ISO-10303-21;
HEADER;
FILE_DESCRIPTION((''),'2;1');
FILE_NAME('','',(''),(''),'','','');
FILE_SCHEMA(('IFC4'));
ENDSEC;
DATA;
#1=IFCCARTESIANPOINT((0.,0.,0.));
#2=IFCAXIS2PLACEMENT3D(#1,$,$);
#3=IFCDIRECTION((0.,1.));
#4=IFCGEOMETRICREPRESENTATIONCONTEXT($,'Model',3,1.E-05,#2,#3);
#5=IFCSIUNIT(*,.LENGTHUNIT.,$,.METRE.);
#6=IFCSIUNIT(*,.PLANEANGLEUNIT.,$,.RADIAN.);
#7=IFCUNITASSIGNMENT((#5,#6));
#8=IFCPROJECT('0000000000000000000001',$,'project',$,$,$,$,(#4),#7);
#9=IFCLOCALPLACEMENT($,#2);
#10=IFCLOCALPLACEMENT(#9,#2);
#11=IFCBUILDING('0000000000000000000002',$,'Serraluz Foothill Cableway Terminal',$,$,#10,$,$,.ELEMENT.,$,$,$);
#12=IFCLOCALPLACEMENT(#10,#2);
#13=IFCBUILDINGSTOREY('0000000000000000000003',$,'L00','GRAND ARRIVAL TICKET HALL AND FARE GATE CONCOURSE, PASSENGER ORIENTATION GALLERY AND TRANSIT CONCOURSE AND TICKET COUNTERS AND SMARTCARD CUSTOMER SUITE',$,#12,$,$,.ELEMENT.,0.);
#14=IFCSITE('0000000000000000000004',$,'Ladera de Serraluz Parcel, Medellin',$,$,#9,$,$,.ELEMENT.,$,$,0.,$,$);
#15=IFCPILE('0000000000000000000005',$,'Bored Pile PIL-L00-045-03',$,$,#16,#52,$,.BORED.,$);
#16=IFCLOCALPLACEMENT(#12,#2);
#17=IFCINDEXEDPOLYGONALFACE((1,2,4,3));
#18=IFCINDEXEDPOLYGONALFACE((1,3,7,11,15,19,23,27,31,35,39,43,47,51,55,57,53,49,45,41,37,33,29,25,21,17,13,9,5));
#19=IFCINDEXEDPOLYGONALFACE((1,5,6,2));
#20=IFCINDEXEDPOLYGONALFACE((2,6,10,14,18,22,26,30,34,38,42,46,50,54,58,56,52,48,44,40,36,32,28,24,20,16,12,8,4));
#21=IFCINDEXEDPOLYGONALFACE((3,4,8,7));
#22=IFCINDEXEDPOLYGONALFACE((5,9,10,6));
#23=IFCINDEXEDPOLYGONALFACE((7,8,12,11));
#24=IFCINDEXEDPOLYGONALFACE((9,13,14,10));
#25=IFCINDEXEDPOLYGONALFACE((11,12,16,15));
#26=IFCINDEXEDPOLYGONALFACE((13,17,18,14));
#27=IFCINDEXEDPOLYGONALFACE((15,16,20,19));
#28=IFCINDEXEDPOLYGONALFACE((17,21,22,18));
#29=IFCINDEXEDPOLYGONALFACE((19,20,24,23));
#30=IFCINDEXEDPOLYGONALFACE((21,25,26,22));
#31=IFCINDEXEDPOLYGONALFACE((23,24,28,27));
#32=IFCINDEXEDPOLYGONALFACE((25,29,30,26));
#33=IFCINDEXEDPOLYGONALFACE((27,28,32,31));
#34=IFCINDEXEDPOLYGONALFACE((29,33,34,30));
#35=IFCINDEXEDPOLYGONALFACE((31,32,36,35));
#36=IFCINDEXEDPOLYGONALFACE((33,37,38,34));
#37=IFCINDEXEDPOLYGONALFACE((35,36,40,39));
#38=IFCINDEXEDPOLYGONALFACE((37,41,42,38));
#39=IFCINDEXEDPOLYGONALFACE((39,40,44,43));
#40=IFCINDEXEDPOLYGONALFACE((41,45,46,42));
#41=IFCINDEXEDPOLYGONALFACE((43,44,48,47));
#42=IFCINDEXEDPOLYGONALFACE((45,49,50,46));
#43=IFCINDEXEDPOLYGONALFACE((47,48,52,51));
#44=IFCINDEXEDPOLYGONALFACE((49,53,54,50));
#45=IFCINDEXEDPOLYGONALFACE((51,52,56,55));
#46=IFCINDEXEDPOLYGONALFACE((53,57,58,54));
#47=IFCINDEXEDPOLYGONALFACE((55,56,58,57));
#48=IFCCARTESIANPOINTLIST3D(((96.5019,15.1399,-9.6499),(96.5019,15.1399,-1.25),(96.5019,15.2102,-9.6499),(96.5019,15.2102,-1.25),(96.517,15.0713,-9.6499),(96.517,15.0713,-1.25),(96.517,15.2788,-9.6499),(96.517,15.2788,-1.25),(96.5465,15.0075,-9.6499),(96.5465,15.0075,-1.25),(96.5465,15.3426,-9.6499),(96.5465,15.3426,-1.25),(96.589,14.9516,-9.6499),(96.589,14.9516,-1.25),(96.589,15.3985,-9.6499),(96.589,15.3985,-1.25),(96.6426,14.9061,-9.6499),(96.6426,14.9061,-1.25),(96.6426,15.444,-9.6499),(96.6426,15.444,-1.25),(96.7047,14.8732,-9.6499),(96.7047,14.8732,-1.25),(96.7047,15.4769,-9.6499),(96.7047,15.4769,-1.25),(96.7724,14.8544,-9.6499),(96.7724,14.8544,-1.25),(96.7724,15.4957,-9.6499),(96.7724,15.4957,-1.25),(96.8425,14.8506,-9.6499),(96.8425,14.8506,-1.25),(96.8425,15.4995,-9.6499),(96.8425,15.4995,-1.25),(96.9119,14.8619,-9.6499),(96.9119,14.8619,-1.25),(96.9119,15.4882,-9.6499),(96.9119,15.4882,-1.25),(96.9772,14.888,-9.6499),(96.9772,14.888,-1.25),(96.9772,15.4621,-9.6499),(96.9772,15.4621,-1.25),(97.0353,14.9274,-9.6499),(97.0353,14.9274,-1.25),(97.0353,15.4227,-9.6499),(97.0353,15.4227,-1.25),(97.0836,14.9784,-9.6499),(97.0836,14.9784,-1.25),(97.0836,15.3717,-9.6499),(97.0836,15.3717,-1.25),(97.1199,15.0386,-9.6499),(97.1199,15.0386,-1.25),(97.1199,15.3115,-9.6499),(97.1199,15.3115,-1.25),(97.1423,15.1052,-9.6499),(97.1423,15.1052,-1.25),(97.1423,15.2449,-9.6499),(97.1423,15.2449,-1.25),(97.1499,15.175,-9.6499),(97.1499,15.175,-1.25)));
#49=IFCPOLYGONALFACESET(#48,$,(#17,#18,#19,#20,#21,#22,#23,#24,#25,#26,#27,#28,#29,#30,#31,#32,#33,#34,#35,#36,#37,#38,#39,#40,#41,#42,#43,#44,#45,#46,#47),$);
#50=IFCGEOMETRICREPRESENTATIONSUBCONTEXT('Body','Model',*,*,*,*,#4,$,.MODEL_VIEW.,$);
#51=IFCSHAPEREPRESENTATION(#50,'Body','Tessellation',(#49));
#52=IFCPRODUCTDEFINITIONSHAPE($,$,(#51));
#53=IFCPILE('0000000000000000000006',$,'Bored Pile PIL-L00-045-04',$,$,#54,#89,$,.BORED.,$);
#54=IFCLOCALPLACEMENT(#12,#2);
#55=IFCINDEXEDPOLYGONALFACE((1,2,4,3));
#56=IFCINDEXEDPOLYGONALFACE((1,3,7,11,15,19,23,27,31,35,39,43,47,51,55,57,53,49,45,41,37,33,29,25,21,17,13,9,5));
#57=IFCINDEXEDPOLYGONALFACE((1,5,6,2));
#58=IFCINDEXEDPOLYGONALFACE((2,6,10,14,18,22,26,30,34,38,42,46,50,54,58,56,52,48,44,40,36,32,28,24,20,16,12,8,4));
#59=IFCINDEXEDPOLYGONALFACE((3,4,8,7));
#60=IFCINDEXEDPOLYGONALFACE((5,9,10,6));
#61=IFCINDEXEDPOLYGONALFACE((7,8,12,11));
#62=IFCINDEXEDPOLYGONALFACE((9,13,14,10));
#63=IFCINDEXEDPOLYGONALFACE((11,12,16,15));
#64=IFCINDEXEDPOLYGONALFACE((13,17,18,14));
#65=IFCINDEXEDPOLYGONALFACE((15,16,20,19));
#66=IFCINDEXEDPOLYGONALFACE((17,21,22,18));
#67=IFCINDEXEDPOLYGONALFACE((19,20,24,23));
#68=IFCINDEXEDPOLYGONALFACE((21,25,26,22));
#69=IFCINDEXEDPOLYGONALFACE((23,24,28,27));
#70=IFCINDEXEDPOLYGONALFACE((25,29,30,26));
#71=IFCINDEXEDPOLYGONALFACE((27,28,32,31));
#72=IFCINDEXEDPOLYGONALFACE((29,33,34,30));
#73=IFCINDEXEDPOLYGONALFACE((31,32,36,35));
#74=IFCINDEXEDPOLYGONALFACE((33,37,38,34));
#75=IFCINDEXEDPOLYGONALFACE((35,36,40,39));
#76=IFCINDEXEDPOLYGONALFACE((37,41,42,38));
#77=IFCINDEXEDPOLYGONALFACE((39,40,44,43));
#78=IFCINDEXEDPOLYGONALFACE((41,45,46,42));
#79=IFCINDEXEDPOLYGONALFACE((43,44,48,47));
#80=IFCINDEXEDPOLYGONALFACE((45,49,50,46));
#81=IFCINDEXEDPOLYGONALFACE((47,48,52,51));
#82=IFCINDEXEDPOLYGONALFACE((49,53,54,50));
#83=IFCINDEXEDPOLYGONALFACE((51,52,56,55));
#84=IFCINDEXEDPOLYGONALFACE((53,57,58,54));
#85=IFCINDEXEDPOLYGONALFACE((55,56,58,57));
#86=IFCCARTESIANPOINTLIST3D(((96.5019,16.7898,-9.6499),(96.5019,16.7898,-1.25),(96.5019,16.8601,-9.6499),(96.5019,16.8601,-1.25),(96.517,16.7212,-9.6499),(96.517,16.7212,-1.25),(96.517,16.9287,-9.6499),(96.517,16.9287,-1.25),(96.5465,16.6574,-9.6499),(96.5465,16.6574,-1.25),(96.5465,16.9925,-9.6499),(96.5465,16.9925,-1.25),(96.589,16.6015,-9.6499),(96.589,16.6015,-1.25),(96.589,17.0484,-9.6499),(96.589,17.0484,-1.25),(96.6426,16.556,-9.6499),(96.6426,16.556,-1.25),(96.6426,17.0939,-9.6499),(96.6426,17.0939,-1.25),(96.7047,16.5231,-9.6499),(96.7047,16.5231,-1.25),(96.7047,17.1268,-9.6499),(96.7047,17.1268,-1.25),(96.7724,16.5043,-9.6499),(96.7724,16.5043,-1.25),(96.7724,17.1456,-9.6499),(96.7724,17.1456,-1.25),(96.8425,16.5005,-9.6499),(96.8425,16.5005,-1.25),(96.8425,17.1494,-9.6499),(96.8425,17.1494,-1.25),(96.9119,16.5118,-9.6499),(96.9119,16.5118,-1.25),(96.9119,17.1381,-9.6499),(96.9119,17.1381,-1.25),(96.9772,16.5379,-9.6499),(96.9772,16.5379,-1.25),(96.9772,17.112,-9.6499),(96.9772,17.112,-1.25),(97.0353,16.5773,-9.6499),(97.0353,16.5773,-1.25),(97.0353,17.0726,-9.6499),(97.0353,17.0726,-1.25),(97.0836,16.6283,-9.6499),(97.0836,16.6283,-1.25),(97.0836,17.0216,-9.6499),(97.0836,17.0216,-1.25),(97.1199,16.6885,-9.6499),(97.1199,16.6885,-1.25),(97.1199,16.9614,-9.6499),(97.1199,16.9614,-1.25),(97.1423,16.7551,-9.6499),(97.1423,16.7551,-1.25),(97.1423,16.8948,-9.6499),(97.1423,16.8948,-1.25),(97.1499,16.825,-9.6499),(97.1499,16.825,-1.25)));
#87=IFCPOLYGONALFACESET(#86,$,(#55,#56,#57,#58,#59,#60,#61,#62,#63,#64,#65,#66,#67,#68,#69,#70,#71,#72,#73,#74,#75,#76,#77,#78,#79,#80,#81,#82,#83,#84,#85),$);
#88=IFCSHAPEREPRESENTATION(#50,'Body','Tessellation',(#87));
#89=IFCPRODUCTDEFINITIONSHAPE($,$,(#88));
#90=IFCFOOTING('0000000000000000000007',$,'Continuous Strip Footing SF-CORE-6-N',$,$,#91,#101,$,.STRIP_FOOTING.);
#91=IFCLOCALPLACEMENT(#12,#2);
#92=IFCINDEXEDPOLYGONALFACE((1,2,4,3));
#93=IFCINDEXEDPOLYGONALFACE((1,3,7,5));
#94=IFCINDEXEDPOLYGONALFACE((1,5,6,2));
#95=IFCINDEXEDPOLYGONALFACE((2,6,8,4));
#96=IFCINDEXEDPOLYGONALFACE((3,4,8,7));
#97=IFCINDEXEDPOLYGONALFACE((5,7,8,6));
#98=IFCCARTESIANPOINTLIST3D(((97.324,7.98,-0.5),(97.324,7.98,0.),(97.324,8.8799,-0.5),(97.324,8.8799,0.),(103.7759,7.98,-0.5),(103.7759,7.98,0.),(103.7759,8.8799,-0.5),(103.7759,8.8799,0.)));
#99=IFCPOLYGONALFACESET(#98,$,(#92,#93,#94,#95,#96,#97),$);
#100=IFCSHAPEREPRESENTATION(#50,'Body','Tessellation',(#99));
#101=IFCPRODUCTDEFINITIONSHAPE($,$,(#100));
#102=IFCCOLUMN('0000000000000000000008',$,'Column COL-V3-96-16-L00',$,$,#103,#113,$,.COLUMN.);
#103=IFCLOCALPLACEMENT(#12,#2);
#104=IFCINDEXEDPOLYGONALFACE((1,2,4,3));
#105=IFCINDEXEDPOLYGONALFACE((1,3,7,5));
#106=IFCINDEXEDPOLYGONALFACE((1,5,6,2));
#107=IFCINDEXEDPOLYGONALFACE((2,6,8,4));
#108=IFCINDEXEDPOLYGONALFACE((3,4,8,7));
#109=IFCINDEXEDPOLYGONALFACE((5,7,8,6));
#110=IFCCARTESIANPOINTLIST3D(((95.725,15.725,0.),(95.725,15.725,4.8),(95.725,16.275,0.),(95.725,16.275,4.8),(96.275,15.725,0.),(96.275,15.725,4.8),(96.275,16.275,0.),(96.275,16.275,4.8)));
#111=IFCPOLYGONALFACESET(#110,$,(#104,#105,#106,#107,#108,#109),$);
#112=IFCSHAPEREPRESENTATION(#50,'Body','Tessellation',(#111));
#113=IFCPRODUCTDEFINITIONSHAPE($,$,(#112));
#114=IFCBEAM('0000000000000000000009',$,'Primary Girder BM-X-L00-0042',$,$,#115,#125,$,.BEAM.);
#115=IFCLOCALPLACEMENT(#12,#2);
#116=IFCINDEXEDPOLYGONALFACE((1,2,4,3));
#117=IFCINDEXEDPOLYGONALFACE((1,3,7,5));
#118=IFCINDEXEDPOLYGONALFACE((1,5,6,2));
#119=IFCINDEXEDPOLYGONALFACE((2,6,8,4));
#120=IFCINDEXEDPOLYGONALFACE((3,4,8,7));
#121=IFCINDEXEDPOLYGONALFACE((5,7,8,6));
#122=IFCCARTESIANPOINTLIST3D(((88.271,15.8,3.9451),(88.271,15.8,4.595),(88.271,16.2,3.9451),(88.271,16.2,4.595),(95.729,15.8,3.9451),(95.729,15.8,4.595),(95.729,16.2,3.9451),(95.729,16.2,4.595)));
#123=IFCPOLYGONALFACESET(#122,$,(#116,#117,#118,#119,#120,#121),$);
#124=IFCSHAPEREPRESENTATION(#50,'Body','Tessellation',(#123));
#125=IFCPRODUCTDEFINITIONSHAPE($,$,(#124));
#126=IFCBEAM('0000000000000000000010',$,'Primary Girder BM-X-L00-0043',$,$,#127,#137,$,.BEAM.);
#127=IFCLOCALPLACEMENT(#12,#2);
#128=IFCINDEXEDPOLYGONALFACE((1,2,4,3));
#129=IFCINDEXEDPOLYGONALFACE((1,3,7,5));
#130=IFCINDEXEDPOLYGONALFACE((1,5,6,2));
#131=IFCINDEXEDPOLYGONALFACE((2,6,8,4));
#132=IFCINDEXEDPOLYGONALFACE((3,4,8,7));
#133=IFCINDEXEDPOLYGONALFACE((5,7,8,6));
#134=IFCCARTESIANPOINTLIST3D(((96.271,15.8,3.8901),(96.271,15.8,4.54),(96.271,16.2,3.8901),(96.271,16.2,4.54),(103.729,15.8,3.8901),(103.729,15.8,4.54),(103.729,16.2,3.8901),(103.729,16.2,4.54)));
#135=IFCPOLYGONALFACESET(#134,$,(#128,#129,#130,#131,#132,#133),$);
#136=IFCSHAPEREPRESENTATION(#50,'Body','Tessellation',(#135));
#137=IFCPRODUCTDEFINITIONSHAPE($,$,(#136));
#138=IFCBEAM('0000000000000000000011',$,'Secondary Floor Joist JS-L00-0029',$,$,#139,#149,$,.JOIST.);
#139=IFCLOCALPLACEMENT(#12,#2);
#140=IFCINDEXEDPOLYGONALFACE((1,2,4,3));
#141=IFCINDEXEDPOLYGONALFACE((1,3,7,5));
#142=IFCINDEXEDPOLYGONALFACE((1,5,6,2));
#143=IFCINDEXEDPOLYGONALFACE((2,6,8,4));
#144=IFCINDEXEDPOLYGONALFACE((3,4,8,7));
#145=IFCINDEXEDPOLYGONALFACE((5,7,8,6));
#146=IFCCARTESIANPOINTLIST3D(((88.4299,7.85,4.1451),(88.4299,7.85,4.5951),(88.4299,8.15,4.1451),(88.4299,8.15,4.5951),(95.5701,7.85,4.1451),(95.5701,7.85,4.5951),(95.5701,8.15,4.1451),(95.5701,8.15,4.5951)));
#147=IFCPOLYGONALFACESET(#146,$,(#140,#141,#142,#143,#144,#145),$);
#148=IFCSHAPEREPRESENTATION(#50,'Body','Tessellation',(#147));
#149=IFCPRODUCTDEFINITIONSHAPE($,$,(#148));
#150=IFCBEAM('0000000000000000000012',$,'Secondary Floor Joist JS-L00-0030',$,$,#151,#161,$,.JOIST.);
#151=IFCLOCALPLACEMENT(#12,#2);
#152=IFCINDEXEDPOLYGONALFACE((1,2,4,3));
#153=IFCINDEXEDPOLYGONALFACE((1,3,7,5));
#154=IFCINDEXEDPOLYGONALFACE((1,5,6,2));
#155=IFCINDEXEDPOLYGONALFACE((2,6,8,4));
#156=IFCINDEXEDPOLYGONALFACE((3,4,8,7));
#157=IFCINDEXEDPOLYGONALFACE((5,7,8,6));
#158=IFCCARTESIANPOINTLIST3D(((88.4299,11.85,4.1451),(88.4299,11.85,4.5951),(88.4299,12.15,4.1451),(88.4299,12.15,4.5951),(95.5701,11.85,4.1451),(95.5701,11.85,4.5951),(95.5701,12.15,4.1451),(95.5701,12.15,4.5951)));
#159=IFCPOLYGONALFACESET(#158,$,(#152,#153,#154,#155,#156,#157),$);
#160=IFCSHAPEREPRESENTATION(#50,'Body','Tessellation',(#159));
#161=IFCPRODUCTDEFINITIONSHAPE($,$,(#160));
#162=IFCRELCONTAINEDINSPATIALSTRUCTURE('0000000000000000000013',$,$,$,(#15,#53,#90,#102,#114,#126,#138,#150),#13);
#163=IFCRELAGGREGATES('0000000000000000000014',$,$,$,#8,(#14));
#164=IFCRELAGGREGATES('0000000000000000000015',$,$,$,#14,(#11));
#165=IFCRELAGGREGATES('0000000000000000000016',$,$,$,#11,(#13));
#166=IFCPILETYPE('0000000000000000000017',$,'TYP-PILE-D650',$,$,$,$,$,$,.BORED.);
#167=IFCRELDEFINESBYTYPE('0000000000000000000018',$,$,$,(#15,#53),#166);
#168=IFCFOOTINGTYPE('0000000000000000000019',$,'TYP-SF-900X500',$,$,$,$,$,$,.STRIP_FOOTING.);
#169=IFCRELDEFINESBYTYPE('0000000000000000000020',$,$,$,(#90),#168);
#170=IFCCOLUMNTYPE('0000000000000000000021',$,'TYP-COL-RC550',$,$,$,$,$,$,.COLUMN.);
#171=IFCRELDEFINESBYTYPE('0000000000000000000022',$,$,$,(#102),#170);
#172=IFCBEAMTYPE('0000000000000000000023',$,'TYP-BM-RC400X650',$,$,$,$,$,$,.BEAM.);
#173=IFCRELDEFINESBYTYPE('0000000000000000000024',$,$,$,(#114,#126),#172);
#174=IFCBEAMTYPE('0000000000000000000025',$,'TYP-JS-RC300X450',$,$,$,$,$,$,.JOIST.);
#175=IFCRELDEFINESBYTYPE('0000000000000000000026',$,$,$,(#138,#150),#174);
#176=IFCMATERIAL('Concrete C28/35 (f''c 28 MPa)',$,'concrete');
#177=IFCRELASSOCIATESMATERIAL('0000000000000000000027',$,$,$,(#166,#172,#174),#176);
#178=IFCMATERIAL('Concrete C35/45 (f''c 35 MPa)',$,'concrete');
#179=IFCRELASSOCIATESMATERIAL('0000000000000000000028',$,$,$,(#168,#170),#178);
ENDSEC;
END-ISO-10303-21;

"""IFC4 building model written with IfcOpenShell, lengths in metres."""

from ifc_helpers import new_model, si_unit, direction, frame, origin, origin_2d, place, context, subcontext, project, spatial, rectangle, circle, extrude, material, material_profile, profile_set, type_object, element, save


model = new_model("IFC4")

# Units and contexts
model_context = context("Model", 3, precision=1e-05, world=origin(), true_north=direction((0.0, 1.0)))
body_context = subcontext(model_context, "Body", "Model", "MODEL_VIEW")
ifc_project = project(units=[si_unit("LENGTHUNIT", "METRE"), si_unit("PLANEANGLEUNIT", "RADIAN")], contexts=[model_context])

# Site, building, storey
site_placement = place(None, origin())
site = spatial("IfcSite", under=ifc_project, at=site_placement, Name="Ladera de Serraluz Parcel, Medellin", CompositionType="ELEMENT", RefElevation=0.0)
building_placement = place(site_placement, origin())
building = spatial("IfcBuilding", under=site, at=building_placement, Name="Serraluz Foothill Cableway Terminal", CompositionType="ELEMENT")
storey_placement = place(building_placement, origin())
storey = spatial("IfcBuildingStorey", under=building, at=storey_placement, Name="L00", Description="GRAND ARRIVAL TICKET HALL AND FARE GATE CONCOURSE, PASSENGER ORIENTATION GALLERY AND TRANSIT CONCOURSE AND TICKET COUNTERS AND SMARTCARD CUSTOMER SUITE", CompositionType="ELEMENT", Elevation=0.0)

# Shared definitions
ifc_material_1 = material(Name="Concrete C35/45 (f'c 35 MPa)", Category="concrete")

# Piles
ifc_material_2 = material(Name="Concrete C28/35 (f'c 28 MPa)", Category="concrete")
ifc_material_profile_1 = material_profile(ifc_material_2, circle(Radius=0.325, at=origin_2d()), Name="BORED PILE D650")
ifc_profile_set_1 = profile_set([ifc_material_profile_1], Name="Concrete C28/35 (f'c 28 MPa)")
pile_type = type_object("IfcPileType", Name="TYP-PILE-D650", PredefinedType="BORED", material=ifc_profile_set_1)
for number, where, z_axis, x_axis, name in (
    (1, (96.825, 15.175, -1.25), (0.0, 0.0, -1.0), (1.0, 0.0, 0.0), "Bored Pile PIL-L00-045-03"),
    (2, (96.825, 16.825, -1.25), (0.0, 0.0, -1.0), (1.0, 0.0, 0.0), "Bored Pile PIL-L00-045-04"),
):
    element("IfcPile", number, at=place(storey_placement, frame(where, z_axis=z_axis, x_axis=x_axis)), inside=storey, type_object=pile_type, Name=name, PredefinedType="BORED", context=body_context, shape_type="SweptSolid", body=[
        extrude(circle(Radius=0.325, at=origin_2d()), origin(), (0.0, 0.0, 1.0), 8.3999),
    ])

# Footing
ifc_material_profile_2 = material_profile(ifc_material_1, rectangle(XDim=0.8999, YDim=0.5, at=origin_2d()), Name="SF 900x500")
ifc_profile_set_2 = profile_set([ifc_material_profile_2], Name="Concrete C35/45 (f'c 35 MPa)")
footing_type_1 = type_object("IfcFootingType", Name="TYP-SF-900X500", PredefinedType="STRIP_FOOTING", material=ifc_profile_set_2)
footing_1_placement = place(storey_placement, frame((97.324, 8.4299, -0.25), z_axis=(1.0, 0.0, 0.0), x_axis=(0.0, 1.0, 0.0)))
element("IfcFooting", 3, at=footing_1_placement, inside=storey, type_object=footing_type_1, Name="Continuous Strip Footing SF-CORE-6-N", PredefinedType="STRIP_FOOTING", context=body_context, shape_type="SweptSolid", body=[
    extrude(rectangle(XDim=0.8999, YDim=0.5, at=origin_2d()), origin(), (0.0, 0.0, 1.0), 6.4519),
])

# Column
ifc_material_profile_3 = material_profile(ifc_material_1, rectangle(XDim=0.55, YDim=0.55, at=origin_2d()), Name="RC 550x550")
ifc_profile_set_3 = profile_set([ifc_material_profile_3], Name="Concrete C35/45 (f'c 35 MPa)")
column_type = type_object("IfcColumnType", Name="TYP-COL-RC550", PredefinedType="COLUMN", material=ifc_profile_set_3)
column_placement = place(storey_placement, frame((96.0, 16.0, 0.0), z_axis=(0.0, 0.0, 1.0), x_axis=(1.0, 0.0, 0.0)))
element("IfcColumn", 4, at=column_placement, inside=storey, type_object=column_type, Name="Column COL-V3-96-16-L00", PredefinedType="COLUMN", context=body_context, shape_type="SweptSolid", body=[
    extrude(rectangle(XDim=0.55, YDim=0.55, at=origin_2d()), origin(), (0.0, 0.0, 1.0), 4.8),
])

# Beams
ifc_material_profile_4 = material_profile(ifc_material_2, rectangle(XDim=0.3999, YDim=0.6499, at=origin_2d()), Name="RC 400x650")
ifc_profile_set_4 = profile_set([ifc_material_profile_4], Name="Concrete C28/35 (f'c 28 MPa)")
beam_type_1 = type_object("IfcBeamType", Name="TYP-BM-RC400X650", PredefinedType="BEAM", material=ifc_profile_set_4)
for number, where, z_axis, x_axis, name in (
    (5, (88.271, 16.0, 4.27), (1.0, 0.0, 0.0), (0.0, 1.0, 0.0), "Primary Girder BM-X-L00-0042"),
    (6, (96.271, 16.0, 4.2151), (1.0, 0.0, 0.0), (0.0, 1.0, 0.0), "Primary Girder BM-X-L00-0043"),
):
    element("IfcBeam", number, at=place(storey_placement, frame(where, z_axis=z_axis, x_axis=x_axis)), inside=storey, type_object=beam_type_1, Name=name, PredefinedType="BEAM", context=body_context, shape_type="SweptSolid", body=[
        extrude(rectangle(XDim=0.3999, YDim=0.6499, at=origin_2d()), origin(), (0.0, 0.0, 1.0), 7.458),
    ])
ifc_material_profile_5 = material_profile(ifc_material_2, rectangle(XDim=0.3, YDim=0.45, at=origin_2d()), Name="RC 300x450")
ifc_profile_set_5 = profile_set([ifc_material_profile_5], Name="Concrete C28/35 (f'c 28 MPa)")
beam_type_2 = type_object("IfcBeamType", Name="TYP-JS-RC300X450", PredefinedType="JOIST", material=ifc_profile_set_5)
for number, where, z_axis, x_axis, name in (
    (7, (88.4299, 8.0, 4.3701), (1.0, 0.0, 0.0), (0.0, 1.0, 0.0), "Secondary Floor Joist JS-L00-0029"),
    (8, (88.4299, 12.0, 4.3701), (1.0, 0.0, 0.0), (0.0, 1.0, 0.0), "Secondary Floor Joist JS-L00-0030"),
):
    element("IfcBeam", number, at=place(storey_placement, frame(where, z_axis=z_axis, x_axis=x_axis)), inside=storey, type_object=beam_type_2, Name=name, PredefinedType="JOIST", context=body_context, shape_type="SweptSolid", body=[
        extrude(rectangle(XDim=0.3, YDim=0.45, at=origin_2d()), origin(), (0.0, 0.0, 1.0), 7.1401),
    ])

save(model, "model.ifc")
